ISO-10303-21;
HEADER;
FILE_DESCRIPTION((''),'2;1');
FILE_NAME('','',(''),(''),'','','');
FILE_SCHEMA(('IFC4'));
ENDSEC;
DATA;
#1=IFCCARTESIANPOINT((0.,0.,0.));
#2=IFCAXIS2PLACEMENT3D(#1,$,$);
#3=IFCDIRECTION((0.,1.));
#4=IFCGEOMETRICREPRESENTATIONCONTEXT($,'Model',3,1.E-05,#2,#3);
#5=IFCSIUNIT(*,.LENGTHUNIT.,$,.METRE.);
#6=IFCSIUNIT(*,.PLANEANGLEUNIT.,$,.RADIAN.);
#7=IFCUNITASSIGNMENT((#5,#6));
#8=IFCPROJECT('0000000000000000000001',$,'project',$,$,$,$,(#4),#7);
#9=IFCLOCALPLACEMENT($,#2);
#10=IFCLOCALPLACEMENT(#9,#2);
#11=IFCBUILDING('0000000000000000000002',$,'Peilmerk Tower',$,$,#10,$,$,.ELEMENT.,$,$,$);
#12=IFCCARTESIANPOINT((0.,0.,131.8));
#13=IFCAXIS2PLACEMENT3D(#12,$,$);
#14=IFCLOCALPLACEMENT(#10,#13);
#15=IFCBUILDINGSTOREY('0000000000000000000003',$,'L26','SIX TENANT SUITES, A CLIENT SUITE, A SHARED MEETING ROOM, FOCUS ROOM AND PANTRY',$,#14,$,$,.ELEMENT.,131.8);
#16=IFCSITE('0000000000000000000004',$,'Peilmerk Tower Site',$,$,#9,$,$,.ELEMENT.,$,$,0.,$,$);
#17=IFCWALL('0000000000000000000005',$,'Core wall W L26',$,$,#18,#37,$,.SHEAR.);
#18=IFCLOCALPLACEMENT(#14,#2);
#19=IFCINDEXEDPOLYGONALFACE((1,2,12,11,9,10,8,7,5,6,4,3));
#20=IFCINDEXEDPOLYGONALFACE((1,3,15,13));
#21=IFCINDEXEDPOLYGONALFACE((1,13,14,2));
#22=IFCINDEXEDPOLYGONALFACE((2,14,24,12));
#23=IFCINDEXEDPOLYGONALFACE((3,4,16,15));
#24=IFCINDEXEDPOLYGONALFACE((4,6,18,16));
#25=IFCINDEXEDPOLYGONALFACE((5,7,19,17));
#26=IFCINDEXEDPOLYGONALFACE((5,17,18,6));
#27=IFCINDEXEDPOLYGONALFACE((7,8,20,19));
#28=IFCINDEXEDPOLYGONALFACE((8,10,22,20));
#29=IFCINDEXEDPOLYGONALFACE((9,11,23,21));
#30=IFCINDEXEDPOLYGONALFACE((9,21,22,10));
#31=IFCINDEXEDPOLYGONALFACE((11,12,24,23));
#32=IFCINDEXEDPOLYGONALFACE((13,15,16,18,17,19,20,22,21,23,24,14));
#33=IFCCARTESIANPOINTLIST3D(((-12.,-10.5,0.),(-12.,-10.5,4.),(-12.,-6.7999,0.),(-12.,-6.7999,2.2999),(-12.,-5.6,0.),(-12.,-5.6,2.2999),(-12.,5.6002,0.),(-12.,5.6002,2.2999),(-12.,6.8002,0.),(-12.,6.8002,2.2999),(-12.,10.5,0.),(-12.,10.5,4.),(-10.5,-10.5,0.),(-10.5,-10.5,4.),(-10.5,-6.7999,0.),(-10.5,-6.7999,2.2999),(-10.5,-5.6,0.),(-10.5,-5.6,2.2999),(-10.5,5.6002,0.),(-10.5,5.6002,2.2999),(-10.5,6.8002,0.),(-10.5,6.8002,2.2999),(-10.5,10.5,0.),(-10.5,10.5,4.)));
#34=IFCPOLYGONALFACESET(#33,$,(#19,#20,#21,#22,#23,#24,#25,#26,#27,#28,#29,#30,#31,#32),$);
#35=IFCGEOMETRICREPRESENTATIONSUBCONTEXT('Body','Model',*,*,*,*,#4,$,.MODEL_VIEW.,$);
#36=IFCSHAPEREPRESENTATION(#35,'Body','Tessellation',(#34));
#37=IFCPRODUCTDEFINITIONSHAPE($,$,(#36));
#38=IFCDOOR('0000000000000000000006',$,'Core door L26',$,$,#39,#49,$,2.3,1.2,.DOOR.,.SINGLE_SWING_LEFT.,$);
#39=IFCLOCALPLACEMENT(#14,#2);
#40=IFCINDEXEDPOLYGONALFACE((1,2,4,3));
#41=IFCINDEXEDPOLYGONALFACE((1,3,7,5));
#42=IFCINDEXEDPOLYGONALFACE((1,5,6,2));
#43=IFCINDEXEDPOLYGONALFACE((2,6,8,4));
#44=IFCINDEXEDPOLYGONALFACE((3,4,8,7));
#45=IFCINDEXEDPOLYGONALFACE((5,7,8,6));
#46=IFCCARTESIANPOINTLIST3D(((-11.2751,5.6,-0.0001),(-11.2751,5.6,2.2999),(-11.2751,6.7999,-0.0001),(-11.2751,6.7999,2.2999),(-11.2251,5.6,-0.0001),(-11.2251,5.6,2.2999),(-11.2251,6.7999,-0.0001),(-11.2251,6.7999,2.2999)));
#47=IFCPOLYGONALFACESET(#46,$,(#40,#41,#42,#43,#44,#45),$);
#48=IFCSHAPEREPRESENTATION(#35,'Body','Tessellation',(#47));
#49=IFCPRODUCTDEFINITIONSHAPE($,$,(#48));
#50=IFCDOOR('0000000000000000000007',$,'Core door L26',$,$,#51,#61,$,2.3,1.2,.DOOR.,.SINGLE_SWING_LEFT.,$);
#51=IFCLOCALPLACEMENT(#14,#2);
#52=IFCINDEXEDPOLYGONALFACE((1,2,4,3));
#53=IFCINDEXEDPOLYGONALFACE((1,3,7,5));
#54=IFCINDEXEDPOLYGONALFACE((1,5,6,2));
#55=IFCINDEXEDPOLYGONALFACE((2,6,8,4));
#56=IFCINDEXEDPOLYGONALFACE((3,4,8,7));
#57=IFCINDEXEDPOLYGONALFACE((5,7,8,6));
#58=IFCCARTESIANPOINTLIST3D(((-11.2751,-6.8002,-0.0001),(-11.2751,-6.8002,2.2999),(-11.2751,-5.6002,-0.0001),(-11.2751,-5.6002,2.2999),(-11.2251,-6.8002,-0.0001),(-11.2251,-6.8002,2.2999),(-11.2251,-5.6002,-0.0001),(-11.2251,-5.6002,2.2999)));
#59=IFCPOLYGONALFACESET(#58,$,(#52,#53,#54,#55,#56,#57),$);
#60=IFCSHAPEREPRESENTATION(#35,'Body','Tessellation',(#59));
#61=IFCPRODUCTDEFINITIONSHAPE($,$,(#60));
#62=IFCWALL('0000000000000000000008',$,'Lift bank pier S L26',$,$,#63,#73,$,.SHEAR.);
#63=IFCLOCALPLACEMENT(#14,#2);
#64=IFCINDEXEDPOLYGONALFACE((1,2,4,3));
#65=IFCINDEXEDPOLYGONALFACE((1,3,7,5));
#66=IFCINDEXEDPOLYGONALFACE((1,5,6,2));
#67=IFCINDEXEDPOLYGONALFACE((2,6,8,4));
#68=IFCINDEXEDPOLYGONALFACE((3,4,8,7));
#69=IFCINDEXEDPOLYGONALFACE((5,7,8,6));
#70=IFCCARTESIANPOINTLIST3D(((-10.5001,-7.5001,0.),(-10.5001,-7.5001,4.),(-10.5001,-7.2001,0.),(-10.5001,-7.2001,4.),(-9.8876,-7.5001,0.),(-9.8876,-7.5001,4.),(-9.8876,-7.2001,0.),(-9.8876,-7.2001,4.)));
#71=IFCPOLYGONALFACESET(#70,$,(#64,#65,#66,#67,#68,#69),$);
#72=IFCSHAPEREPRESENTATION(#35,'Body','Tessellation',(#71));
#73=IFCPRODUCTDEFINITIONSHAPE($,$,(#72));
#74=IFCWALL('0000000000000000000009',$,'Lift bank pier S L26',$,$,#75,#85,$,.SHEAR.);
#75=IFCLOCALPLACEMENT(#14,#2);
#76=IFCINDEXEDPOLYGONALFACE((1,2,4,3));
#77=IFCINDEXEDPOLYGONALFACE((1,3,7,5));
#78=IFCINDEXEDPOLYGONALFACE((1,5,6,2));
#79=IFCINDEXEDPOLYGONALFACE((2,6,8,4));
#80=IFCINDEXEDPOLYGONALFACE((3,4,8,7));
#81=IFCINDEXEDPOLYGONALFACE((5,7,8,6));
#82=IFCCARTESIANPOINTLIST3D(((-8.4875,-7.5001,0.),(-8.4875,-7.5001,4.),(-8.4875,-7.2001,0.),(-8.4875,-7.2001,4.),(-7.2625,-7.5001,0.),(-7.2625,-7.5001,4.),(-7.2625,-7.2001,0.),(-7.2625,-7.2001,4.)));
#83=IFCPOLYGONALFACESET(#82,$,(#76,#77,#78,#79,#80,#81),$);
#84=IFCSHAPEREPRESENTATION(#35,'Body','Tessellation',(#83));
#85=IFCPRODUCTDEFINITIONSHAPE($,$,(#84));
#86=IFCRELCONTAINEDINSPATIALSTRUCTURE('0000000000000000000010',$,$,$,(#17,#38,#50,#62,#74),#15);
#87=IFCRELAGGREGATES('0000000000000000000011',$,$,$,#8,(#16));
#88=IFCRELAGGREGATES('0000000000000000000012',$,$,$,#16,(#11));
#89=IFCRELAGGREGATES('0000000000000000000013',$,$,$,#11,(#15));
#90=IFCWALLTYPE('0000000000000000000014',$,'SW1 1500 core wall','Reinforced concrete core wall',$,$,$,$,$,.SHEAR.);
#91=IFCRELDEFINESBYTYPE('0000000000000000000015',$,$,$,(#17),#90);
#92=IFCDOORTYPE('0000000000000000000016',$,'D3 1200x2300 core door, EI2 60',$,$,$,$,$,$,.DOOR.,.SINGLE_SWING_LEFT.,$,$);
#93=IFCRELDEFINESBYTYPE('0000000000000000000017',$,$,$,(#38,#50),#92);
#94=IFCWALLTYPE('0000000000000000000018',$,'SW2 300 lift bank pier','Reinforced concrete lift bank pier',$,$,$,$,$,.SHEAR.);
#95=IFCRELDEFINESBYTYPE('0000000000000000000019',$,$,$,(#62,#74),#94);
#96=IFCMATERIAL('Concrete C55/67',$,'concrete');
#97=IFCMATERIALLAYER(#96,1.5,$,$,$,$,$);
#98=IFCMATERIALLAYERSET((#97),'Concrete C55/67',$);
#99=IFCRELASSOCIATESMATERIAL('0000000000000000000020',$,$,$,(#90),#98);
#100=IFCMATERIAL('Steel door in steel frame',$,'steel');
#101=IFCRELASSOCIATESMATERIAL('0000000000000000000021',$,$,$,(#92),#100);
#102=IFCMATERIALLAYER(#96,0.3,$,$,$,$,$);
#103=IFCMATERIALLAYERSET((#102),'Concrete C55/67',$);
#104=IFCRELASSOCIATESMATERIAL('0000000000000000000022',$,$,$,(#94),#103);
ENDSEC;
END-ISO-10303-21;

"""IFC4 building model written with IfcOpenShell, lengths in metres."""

from ifc_helpers import new_model, si_unit, direction, frame, frame_2d, origin, place, context, subcontext, project, spatial, rectangle, extrude, material, layer, layer_set, type_object, element, fill, save


model = new_model("IFC4")

# Units and contexts
model_context = context("Model", 3, precision=1e-05, world=origin(), true_north=direction((0.0, 1.0)))
body_context = subcontext(model_context, "Body", "Model", "MODEL_VIEW")
ifc_project = project(units=[si_unit("LENGTHUNIT", "METRE"), si_unit("PLANEANGLEUNIT", "RADIAN")], contexts=[model_context])

# Site, building, storey
site_placement = place(None, origin())
site = spatial("IfcSite", under=ifc_project, at=site_placement, Name="Peilmerk Tower Site", CompositionType="ELEMENT", RefElevation=0.0)
building_placement = place(site_placement, origin())
building = spatial("IfcBuilding", under=site, at=building_placement, Name="Peilmerk Tower", CompositionType="ELEMENT")
storey_placement = place(building_placement, frame((0.0, 0.0, 131.8)))
storey = spatial("IfcBuildingStorey", under=building, at=storey_placement, Name="L26", Description="SIX TENANT SUITES, A CLIENT SUITE, A SHARED MEETING ROOM, FOCUS ROOM AND PANTRY", CompositionType="ELEMENT", Elevation=131.8)

# Wall, openings, doors
ifc_material_1 = material(Name="Concrete C55/67", Category="concrete")
ifc_layer_1 = layer(ifc_material_1, 1.5)
ifc_layer_set_1 = layer_set([ifc_layer_1], Name="Concrete C55/67")
wall_type_1 = type_object("IfcWallType", Name="SW1 1500 core wall", Description="Reinforced concrete core wall", PredefinedType="SHEAR", material=ifc_layer_set_1)
wall_1_placement = place(storey_placement, frame((-11.25, -10.5, 0.0), z_axis=(0.0, 0.0, 1.0), x_axis=(0.0, 1.0, 0.0)))
wall_1 = element("IfcWall", 1, at=wall_1_placement, inside=storey, type_object=wall_type_1, Name="Core wall W L26", PredefinedType="SHEAR", context=body_context, shape_type="SweptSolid", body=[
    extrude(rectangle(XDim=21.0, YDim=1.5, at=frame_2d((10.5, 0.0))), origin(), (0.0, 0.0, 1.0), 4.0),
])
opening_1_placement = place(wall_1_placement, frame((16.1001, 0.0, 0.0)))
opening_1 = element("IfcOpeningElement", 2, at=opening_1_placement, cuts=wall_1, PredefinedType="OPENING", context=body_context, shape_type="SweptSolid", body=[
    extrude(rectangle(XDim=1.2, YDim=2.3, at=frame_2d((0.6001, 1.1499))), frame((0.0, 0.76, 0.0), z_axis=(0.0, -1.0, 0.0), x_axis=(1.0, 0.0, 0.0)), (0.0, 0.0, 1.0), 1.52),
])
opening_2_placement = place(wall_1_placement, frame((3.7, 0.0, 0.0)))
opening_2 = element("IfcOpeningElement", 3, at=opening_2_placement, cuts=wall_1, PredefinedType="OPENING", context=body_context, shape_type="SweptSolid", body=[
    extrude(rectangle(XDim=1.2, YDim=2.3, at=frame_2d((0.6001, 1.1499))), frame((0.0, 0.76, 0.0), z_axis=(0.0, -1.0, 0.0), x_axis=(1.0, 0.0, 0.0)), (0.0, 0.0, 1.0), 1.52),
])
ifc_material_2 = material(Name="Steel door in steel frame", Category="steel")
door_type = type_object("IfcDoorType", Name="D3 1200x2300 core door, EI2 60", OperationType="SINGLE_SWING_LEFT", PredefinedType="DOOR", material=ifc_material_2)
door_1_placement = place(opening_1_placement, frame((1.2, 0.0, 0.0), z_axis=(0.0, 0.0, 1.0), x_axis=(-1.0, 0.0, 0.0)))
door_1 = element("IfcDoor", 4, at=door_1_placement, inside=storey, type_object=door_type, Name="Core door L26", OperationType="SINGLE_SWING_LEFT", OverallHeight=2.3, OverallWidth=1.2, PredefinedType="DOOR", context=body_context, shape_type="SweptSolid", body=[
    extrude(rectangle(XDim=1.2, YDim=2.3, at=frame_2d((0.6001, 1.1499))), frame((0.0, 0.0249, 0.0), z_axis=(0.0, -1.0, 0.0), x_axis=(1.0, 0.0, 0.0)), (0.0, 0.0, 1.0), 0.05),
])
fill(opening_1, door_1)
door_2_placement = place(opening_2_placement, frame((1.2, 0.0, 0.0), z_axis=(0.0, 0.0, 1.0), x_axis=(-1.0, 0.0, 0.0)))
door_2 = element("IfcDoor", 5, at=door_2_placement, inside=storey, type_object=door_type, Name="Core door L26", OperationType="SINGLE_SWING_LEFT", OverallHeight=2.3, OverallWidth=1.2, PredefinedType="DOOR", context=body_context, shape_type="SweptSolid", body=[
    extrude(rectangle(XDim=1.2, YDim=2.3, at=frame_2d((0.6001, 1.1499))), frame((0.0, 0.0249, 0.0), z_axis=(0.0, -1.0, 0.0), x_axis=(1.0, 0.0, 0.0)), (0.0, 0.0, 1.0), 0.05),
])
fill(opening_2, door_2)

# Walls
ifc_layer_2 = layer(ifc_material_1, 0.3)
ifc_layer_set_2 = layer_set([ifc_layer_2], Name="Concrete C55/67")
wall_type_2 = type_object("IfcWallType", Name="SW2 300 lift bank pier", Description="Reinforced concrete lift bank pier", PredefinedType="SHEAR", material=ifc_layer_set_2)
wall_2_placement = place(storey_placement, frame((-10.5, -7.3501, 0.0), z_axis=(0.0, 0.0, 1.0), x_axis=(1.0, 0.0, 0.0)))
element("IfcWall", 6, at=wall_2_placement, inside=storey, type_object=wall_type_2, Name="Lift bank pier S L26", PredefinedType="SHEAR", context=body_context, shape_type="SweptSolid", body=[
    extrude(rectangle(XDim=0.6125, YDim=0.3, at=frame_2d((0.3062, 0.0))), origin(), (0.0, 0.0, 1.0), 4.0),
])
wall_3_placement = place(storey_placement, frame((-8.4875, -7.3501, 0.0), z_axis=(0.0, 0.0, 1.0), x_axis=(1.0, 0.0, 0.0)))
element("IfcWall", 7, at=wall_3_placement, inside=storey, type_object=wall_type_2, Name="Lift bank pier S L26", PredefinedType="SHEAR", context=body_context, shape_type="SweptSolid", body=[
    extrude(rectangle(XDim=1.2251, YDim=0.3, at=frame_2d((0.6125, 0.0))), origin(), (0.0, 0.0, 1.0), 4.0),
])

save(model, "model.ifc")
